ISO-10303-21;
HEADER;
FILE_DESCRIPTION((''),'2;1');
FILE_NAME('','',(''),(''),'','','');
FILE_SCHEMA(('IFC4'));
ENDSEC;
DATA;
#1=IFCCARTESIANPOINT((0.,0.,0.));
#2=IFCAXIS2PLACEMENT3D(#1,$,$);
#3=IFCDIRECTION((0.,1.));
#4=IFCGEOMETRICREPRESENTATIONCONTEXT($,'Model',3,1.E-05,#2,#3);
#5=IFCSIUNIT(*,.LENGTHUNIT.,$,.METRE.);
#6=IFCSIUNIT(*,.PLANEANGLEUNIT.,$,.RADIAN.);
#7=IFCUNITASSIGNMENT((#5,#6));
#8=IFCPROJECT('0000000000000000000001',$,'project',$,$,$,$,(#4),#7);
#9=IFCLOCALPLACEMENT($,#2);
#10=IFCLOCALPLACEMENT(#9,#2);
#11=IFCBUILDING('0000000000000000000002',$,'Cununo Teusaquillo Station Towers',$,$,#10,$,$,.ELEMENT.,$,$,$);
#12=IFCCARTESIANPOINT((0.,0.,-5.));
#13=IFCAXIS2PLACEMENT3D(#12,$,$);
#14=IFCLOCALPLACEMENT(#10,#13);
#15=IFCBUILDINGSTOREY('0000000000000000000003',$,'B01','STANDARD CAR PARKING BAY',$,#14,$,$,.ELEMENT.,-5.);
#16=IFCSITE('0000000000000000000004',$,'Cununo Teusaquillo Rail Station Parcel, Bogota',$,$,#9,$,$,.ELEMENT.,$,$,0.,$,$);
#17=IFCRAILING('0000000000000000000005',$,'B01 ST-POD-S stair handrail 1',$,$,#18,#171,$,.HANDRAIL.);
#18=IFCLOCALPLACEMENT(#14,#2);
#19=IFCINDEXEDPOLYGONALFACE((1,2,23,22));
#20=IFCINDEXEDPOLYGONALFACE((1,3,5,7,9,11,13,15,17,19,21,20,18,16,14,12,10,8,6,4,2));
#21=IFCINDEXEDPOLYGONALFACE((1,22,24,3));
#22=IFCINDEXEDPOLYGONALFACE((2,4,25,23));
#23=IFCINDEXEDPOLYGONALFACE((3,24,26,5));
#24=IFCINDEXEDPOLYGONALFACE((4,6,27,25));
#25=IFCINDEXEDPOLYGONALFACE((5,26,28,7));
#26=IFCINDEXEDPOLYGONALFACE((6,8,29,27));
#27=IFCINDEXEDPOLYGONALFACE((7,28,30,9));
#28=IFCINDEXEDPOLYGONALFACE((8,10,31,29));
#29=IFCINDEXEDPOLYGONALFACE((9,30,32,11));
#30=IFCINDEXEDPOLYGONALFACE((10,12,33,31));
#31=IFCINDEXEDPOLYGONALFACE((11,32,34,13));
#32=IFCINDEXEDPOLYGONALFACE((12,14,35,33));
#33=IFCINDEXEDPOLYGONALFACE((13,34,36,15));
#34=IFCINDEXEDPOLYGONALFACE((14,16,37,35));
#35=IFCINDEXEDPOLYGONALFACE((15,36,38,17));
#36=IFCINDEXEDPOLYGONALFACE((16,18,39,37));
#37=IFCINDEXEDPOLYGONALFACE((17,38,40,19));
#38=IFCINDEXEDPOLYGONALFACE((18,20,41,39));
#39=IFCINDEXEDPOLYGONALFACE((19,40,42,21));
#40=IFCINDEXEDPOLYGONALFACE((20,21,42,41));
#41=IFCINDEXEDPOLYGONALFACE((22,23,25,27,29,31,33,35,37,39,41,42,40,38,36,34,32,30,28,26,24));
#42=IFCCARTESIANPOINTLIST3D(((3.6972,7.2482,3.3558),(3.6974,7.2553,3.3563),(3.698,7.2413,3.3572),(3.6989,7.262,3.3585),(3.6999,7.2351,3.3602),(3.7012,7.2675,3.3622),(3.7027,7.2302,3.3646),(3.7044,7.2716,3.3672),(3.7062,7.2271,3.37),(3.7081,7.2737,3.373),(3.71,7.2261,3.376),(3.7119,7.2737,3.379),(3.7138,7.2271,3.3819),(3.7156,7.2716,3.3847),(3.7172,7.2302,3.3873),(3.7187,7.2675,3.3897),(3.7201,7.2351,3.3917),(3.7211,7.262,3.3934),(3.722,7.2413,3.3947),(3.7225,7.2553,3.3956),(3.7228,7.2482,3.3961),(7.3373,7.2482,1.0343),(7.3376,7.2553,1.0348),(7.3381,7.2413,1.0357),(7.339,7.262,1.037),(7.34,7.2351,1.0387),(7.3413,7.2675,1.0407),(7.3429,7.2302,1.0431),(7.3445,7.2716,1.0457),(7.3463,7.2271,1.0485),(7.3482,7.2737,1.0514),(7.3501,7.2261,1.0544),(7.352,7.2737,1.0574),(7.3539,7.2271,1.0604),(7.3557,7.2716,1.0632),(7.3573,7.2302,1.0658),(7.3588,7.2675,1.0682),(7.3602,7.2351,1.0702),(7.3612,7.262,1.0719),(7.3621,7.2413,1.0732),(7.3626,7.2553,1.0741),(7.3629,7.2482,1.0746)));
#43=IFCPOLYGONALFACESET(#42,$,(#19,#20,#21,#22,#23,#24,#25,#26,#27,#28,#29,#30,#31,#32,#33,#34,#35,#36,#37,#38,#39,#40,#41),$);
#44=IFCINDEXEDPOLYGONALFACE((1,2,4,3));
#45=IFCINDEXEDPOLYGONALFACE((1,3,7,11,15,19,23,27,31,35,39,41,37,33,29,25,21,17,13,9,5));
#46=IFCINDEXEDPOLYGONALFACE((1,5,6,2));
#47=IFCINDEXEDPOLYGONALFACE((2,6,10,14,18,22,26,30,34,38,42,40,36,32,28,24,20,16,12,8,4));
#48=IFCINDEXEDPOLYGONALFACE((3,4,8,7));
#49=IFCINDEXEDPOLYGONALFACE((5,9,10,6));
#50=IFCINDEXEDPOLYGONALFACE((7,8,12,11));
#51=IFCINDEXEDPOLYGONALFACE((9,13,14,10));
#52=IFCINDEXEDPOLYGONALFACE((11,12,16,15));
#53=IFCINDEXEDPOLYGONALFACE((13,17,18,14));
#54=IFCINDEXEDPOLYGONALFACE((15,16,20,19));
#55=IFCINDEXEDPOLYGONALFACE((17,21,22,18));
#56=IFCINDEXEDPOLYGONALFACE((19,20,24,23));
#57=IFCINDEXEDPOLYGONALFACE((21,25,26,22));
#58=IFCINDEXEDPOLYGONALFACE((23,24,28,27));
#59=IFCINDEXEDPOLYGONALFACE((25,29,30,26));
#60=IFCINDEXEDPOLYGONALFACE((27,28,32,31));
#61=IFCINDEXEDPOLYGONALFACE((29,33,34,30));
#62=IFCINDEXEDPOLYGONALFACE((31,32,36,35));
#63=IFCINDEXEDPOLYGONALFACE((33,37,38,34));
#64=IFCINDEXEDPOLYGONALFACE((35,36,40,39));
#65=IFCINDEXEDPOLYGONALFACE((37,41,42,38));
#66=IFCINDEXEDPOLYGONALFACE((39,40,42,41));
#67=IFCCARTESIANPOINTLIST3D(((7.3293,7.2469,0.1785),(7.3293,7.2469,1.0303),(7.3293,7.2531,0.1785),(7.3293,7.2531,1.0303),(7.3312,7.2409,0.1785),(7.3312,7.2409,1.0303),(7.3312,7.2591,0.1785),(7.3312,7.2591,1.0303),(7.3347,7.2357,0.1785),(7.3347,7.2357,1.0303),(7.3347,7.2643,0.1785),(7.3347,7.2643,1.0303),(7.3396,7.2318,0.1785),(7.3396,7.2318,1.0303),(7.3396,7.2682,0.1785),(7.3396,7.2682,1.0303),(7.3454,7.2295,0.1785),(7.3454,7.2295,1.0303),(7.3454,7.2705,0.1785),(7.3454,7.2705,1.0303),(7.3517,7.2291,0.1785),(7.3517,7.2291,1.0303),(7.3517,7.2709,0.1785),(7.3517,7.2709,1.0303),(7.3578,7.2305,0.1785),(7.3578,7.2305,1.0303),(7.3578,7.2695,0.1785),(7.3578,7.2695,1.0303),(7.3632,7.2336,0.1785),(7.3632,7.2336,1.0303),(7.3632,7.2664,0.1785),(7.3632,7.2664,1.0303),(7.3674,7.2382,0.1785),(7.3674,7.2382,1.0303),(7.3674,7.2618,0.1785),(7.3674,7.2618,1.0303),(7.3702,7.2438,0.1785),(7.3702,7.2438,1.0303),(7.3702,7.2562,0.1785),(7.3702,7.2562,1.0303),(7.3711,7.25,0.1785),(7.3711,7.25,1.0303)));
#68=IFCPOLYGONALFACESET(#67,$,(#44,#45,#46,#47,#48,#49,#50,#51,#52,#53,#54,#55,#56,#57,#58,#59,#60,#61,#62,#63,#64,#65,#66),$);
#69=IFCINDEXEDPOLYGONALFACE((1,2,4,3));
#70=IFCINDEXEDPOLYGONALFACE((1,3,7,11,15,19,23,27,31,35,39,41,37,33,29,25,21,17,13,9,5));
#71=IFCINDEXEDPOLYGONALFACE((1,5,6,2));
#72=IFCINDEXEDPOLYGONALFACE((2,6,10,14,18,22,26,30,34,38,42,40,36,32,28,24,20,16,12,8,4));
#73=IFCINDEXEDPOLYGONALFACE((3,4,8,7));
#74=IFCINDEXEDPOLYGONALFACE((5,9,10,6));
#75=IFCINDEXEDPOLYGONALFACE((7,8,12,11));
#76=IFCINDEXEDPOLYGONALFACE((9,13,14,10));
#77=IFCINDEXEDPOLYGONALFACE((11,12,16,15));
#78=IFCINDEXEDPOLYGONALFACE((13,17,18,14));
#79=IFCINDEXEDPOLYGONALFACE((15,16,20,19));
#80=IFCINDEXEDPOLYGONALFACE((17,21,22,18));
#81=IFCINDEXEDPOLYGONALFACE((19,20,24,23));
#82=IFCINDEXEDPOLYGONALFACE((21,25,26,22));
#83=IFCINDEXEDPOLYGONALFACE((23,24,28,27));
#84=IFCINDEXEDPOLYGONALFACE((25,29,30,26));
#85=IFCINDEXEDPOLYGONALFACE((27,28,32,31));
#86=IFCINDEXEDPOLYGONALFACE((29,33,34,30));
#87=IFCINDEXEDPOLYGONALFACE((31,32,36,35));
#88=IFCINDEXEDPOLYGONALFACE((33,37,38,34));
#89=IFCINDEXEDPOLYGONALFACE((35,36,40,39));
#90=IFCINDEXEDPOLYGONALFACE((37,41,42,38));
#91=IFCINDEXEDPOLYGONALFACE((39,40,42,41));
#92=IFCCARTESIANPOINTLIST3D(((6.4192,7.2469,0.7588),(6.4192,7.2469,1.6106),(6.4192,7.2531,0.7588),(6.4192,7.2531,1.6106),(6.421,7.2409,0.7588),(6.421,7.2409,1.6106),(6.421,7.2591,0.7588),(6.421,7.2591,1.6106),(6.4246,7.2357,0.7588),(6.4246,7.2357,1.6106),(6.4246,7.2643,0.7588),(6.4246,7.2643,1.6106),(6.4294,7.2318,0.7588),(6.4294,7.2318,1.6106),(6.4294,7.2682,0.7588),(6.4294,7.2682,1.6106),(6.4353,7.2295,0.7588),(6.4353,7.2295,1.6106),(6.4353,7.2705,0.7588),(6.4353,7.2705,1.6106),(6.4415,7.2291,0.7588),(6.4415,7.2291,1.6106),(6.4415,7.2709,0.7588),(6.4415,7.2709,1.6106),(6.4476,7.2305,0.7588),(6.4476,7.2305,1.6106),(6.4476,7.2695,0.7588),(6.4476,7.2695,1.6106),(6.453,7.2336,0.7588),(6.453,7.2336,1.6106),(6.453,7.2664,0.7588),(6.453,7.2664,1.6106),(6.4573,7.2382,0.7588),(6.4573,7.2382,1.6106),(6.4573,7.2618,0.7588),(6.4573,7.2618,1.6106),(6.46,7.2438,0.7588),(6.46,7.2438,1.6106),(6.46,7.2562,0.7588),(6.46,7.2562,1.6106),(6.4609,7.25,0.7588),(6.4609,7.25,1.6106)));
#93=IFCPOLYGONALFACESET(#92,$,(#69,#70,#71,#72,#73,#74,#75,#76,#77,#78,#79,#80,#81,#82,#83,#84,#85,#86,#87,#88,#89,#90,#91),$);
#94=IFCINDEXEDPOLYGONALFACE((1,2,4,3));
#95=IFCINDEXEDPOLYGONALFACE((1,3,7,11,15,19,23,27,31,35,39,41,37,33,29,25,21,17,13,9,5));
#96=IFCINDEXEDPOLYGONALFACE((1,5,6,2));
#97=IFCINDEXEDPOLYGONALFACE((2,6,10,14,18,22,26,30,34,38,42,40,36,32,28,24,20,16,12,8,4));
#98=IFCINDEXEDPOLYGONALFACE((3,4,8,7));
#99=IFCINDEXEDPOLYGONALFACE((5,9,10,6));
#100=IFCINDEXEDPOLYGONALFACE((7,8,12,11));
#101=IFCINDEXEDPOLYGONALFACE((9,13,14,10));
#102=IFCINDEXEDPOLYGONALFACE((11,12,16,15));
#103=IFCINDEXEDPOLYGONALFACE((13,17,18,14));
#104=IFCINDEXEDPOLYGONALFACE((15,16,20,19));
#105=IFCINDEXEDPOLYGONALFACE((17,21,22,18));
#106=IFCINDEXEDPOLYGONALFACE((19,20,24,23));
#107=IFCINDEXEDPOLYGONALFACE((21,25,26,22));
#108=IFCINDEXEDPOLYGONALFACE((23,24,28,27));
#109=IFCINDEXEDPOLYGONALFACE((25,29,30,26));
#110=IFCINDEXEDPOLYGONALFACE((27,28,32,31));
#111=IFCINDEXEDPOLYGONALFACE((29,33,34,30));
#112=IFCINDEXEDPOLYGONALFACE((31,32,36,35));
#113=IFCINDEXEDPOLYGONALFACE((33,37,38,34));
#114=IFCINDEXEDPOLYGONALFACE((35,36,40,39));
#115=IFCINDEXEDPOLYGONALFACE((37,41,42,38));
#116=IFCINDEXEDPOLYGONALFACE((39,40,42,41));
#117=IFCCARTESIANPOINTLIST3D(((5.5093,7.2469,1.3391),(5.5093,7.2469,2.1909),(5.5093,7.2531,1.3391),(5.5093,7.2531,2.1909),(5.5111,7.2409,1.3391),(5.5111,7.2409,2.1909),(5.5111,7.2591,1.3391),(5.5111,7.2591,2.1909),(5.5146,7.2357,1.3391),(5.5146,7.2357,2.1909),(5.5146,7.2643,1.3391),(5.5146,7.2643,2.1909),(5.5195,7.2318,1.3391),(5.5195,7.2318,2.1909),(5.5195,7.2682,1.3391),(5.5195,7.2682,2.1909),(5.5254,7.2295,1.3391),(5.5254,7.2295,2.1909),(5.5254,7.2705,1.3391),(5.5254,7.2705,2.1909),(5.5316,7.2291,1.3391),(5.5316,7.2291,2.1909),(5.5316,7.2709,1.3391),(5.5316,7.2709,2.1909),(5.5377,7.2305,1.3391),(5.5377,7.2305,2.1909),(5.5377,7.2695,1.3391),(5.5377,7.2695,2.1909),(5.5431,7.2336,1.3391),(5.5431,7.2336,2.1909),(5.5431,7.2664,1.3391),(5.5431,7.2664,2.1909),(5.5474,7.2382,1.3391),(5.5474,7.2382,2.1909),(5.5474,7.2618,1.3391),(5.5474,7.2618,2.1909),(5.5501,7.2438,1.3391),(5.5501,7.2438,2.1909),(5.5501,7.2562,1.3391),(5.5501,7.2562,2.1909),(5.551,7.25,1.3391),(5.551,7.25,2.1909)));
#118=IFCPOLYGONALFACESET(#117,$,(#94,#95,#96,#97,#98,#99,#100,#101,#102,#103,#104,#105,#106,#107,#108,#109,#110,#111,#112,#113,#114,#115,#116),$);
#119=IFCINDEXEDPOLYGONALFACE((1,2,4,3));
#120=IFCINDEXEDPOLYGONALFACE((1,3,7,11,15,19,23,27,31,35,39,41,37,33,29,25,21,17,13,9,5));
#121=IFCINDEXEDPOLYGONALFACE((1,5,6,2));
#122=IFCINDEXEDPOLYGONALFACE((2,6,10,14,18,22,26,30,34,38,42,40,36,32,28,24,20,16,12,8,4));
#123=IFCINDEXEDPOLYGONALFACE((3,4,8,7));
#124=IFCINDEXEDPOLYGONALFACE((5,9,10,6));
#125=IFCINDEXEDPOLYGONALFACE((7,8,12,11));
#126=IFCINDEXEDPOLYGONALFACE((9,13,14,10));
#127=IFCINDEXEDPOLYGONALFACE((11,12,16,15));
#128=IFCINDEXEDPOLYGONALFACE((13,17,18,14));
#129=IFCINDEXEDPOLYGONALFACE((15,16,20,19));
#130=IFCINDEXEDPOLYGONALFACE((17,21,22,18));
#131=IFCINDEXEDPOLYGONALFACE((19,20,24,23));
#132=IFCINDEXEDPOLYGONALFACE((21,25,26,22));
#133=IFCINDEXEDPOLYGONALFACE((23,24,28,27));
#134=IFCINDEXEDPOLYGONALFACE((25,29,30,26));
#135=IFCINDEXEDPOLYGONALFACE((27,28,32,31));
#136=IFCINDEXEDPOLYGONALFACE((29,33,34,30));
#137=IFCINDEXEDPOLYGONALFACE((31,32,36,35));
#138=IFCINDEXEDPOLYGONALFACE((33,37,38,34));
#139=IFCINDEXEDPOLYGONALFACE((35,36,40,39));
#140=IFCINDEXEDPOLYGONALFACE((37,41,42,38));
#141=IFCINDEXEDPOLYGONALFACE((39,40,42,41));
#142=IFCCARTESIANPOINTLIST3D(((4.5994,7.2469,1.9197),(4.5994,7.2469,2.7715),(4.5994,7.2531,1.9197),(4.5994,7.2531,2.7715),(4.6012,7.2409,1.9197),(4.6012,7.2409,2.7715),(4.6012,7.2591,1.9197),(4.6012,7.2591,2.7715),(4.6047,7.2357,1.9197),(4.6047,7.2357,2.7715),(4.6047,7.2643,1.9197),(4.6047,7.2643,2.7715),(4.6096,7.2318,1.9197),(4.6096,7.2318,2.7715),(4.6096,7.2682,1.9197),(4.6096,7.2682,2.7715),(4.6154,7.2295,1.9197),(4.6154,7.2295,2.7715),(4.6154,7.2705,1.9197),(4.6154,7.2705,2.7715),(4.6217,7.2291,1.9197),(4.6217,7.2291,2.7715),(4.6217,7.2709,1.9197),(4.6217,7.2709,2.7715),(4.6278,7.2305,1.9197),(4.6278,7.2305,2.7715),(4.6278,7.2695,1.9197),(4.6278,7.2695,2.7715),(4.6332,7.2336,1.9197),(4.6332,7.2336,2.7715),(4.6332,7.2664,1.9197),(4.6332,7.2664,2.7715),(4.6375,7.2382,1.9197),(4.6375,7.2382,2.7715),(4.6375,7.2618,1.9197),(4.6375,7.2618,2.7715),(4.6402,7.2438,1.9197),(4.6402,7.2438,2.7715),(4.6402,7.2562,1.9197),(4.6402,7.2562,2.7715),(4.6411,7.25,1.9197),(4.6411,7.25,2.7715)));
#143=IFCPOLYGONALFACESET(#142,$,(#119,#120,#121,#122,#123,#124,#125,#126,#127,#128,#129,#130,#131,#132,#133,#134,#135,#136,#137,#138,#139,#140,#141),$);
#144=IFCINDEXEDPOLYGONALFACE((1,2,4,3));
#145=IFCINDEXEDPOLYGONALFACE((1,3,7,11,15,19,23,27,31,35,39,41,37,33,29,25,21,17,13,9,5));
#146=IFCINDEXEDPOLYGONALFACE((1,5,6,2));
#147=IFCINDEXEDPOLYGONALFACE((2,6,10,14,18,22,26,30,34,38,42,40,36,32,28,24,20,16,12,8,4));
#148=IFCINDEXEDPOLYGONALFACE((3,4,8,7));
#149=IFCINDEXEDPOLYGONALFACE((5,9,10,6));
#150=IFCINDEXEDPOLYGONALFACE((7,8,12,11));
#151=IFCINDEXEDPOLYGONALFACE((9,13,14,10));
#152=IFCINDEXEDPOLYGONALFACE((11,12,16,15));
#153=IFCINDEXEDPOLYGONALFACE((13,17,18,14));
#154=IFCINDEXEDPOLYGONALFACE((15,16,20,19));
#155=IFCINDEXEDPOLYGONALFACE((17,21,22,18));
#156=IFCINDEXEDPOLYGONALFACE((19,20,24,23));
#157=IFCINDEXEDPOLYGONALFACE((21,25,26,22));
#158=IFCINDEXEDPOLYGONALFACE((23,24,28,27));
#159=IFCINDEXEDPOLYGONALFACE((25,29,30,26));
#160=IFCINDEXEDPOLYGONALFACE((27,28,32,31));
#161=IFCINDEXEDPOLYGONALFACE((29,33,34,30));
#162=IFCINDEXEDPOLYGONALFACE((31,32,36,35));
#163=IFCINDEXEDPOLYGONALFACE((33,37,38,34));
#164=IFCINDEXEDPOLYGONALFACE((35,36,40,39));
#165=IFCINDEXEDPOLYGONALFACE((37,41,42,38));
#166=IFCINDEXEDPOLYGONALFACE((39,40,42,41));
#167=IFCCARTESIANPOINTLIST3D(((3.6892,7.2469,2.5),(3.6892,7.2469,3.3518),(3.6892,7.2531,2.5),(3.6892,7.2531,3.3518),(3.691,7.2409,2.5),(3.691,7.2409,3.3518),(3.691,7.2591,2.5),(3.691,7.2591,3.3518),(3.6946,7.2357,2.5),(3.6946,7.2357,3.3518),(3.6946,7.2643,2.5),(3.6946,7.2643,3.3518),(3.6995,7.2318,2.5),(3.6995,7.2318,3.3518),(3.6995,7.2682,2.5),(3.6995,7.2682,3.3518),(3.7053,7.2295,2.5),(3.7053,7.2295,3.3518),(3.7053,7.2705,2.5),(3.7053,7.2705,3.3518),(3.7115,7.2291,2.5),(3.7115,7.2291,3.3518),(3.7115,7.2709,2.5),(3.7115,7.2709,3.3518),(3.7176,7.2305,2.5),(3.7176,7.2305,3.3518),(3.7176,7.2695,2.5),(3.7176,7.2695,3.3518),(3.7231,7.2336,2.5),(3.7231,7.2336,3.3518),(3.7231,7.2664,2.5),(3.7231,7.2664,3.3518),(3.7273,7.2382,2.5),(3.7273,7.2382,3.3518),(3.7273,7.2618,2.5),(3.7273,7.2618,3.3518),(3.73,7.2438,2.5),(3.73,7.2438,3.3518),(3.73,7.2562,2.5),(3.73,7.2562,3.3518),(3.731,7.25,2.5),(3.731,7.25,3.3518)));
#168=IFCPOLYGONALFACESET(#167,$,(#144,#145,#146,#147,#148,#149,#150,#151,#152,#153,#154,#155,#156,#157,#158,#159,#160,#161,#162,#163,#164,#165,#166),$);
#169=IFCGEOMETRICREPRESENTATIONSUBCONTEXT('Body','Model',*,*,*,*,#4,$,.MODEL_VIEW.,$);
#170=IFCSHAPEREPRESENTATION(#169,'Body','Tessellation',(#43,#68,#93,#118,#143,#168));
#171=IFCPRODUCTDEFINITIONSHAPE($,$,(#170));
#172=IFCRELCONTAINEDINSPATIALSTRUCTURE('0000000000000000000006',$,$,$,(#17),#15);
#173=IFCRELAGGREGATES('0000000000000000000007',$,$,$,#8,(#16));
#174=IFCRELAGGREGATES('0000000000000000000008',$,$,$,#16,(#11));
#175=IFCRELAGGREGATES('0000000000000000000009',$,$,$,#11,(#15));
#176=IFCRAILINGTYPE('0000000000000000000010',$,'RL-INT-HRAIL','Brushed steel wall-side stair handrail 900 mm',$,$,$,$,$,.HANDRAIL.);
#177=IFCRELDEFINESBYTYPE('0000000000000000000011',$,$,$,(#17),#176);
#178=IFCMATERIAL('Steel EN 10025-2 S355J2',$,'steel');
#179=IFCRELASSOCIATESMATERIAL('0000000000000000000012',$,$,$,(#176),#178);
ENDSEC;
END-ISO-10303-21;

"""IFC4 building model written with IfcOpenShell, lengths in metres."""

from ifc_helpers import new_model, si_unit, direction, frame, origin, origin_2d, place, context, subcontext, project, spatial, circle, extrude, material, type_object, element, save


model = new_model("IFC4")

# Units and contexts
model_context = context("Model", 3, precision=1e-05, world=origin(), true_north=direction((0.0, 1.0)))
body_context = subcontext(model_context, "Body", "Model", "MODEL_VIEW")
ifc_project = project(units=[si_unit("LENGTHUNIT", "METRE"), si_unit("PLANEANGLEUNIT", "RADIAN")], contexts=[model_context])

# Site, building, storey
site_placement = place(None, origin())
site = spatial("IfcSite", under=ifc_project, at=site_placement, Name="Cununo Teusaquillo Rail Station Parcel, Bogota", CompositionType="ELEMENT", RefElevation=0.0)
building_placement = place(site_placement, origin())
building = spatial("IfcBuilding", under=site, at=building_placement, Name="Cununo Teusaquillo Station Towers", CompositionType="ELEMENT")
storey_placement = place(building_placement, frame((0.0, 0.0, -5.0)))
storey = spatial("IfcBuildingStorey", under=building, at=storey_placement, Name="B01", Description="STANDARD CAR PARKING BAY", CompositionType="ELEMENT", Elevation=-5.0)

# Railing
ifc_material_1 = material(Name="Steel EN 10025-2 S355J2", Category="steel")
railing_type_1 = type_object("IfcRailingType", Name="RL-INT-HRAIL", Description="Brushed steel wall-side stair handrail 900 mm", PredefinedType="HANDRAIL", material=ifc_material_1)
railing_1_placement = place(storey_placement, frame((7.3501, 7.25, 0.1785)))
element("IfcRailing", 1, at=railing_1_placement, inside=storey, type_object=railing_type_1, Name="B01 ST-POD-S stair handrail 1", PredefinedType="HANDRAIL", context=body_context, shape_type="SweptSolid", body=[
    extrude(circle(Radius=0.0239, at=origin_2d()), frame((0.0, 0.0, 0.876), z_axis=(-0.843128, 0.0, 0.537713), x_axis=(0.0, -1.0, 0.0)), (0.0, 0.0, 1.0), 4.3174),
    extrude(circle(Radius=0.021, at=origin_2d()), origin(), (0.0, 0.0, 1.0), 0.8518),
    extrude(circle(Radius=0.021, at=origin_2d()), frame((-0.9102, 0.0, 0.5803)), (0.0, 0.0, 1.0), 0.8518),
    extrude(circle(Radius=0.021, at=origin_2d()), frame((-1.8201, 0.0, 1.1606)), (0.0, 0.0, 1.0), 0.8518),
    extrude(circle(Radius=0.021, at=origin_2d()), frame((-2.73, 0.0, 1.7412)), (0.0, 0.0, 1.0), 0.8518),
    extrude(circle(Radius=0.021, at=origin_2d()), frame((-3.6401, 0.0, 2.3215)), (0.0, 0.0, 1.0), 0.8518),
])

save(model, "model.ifc")
